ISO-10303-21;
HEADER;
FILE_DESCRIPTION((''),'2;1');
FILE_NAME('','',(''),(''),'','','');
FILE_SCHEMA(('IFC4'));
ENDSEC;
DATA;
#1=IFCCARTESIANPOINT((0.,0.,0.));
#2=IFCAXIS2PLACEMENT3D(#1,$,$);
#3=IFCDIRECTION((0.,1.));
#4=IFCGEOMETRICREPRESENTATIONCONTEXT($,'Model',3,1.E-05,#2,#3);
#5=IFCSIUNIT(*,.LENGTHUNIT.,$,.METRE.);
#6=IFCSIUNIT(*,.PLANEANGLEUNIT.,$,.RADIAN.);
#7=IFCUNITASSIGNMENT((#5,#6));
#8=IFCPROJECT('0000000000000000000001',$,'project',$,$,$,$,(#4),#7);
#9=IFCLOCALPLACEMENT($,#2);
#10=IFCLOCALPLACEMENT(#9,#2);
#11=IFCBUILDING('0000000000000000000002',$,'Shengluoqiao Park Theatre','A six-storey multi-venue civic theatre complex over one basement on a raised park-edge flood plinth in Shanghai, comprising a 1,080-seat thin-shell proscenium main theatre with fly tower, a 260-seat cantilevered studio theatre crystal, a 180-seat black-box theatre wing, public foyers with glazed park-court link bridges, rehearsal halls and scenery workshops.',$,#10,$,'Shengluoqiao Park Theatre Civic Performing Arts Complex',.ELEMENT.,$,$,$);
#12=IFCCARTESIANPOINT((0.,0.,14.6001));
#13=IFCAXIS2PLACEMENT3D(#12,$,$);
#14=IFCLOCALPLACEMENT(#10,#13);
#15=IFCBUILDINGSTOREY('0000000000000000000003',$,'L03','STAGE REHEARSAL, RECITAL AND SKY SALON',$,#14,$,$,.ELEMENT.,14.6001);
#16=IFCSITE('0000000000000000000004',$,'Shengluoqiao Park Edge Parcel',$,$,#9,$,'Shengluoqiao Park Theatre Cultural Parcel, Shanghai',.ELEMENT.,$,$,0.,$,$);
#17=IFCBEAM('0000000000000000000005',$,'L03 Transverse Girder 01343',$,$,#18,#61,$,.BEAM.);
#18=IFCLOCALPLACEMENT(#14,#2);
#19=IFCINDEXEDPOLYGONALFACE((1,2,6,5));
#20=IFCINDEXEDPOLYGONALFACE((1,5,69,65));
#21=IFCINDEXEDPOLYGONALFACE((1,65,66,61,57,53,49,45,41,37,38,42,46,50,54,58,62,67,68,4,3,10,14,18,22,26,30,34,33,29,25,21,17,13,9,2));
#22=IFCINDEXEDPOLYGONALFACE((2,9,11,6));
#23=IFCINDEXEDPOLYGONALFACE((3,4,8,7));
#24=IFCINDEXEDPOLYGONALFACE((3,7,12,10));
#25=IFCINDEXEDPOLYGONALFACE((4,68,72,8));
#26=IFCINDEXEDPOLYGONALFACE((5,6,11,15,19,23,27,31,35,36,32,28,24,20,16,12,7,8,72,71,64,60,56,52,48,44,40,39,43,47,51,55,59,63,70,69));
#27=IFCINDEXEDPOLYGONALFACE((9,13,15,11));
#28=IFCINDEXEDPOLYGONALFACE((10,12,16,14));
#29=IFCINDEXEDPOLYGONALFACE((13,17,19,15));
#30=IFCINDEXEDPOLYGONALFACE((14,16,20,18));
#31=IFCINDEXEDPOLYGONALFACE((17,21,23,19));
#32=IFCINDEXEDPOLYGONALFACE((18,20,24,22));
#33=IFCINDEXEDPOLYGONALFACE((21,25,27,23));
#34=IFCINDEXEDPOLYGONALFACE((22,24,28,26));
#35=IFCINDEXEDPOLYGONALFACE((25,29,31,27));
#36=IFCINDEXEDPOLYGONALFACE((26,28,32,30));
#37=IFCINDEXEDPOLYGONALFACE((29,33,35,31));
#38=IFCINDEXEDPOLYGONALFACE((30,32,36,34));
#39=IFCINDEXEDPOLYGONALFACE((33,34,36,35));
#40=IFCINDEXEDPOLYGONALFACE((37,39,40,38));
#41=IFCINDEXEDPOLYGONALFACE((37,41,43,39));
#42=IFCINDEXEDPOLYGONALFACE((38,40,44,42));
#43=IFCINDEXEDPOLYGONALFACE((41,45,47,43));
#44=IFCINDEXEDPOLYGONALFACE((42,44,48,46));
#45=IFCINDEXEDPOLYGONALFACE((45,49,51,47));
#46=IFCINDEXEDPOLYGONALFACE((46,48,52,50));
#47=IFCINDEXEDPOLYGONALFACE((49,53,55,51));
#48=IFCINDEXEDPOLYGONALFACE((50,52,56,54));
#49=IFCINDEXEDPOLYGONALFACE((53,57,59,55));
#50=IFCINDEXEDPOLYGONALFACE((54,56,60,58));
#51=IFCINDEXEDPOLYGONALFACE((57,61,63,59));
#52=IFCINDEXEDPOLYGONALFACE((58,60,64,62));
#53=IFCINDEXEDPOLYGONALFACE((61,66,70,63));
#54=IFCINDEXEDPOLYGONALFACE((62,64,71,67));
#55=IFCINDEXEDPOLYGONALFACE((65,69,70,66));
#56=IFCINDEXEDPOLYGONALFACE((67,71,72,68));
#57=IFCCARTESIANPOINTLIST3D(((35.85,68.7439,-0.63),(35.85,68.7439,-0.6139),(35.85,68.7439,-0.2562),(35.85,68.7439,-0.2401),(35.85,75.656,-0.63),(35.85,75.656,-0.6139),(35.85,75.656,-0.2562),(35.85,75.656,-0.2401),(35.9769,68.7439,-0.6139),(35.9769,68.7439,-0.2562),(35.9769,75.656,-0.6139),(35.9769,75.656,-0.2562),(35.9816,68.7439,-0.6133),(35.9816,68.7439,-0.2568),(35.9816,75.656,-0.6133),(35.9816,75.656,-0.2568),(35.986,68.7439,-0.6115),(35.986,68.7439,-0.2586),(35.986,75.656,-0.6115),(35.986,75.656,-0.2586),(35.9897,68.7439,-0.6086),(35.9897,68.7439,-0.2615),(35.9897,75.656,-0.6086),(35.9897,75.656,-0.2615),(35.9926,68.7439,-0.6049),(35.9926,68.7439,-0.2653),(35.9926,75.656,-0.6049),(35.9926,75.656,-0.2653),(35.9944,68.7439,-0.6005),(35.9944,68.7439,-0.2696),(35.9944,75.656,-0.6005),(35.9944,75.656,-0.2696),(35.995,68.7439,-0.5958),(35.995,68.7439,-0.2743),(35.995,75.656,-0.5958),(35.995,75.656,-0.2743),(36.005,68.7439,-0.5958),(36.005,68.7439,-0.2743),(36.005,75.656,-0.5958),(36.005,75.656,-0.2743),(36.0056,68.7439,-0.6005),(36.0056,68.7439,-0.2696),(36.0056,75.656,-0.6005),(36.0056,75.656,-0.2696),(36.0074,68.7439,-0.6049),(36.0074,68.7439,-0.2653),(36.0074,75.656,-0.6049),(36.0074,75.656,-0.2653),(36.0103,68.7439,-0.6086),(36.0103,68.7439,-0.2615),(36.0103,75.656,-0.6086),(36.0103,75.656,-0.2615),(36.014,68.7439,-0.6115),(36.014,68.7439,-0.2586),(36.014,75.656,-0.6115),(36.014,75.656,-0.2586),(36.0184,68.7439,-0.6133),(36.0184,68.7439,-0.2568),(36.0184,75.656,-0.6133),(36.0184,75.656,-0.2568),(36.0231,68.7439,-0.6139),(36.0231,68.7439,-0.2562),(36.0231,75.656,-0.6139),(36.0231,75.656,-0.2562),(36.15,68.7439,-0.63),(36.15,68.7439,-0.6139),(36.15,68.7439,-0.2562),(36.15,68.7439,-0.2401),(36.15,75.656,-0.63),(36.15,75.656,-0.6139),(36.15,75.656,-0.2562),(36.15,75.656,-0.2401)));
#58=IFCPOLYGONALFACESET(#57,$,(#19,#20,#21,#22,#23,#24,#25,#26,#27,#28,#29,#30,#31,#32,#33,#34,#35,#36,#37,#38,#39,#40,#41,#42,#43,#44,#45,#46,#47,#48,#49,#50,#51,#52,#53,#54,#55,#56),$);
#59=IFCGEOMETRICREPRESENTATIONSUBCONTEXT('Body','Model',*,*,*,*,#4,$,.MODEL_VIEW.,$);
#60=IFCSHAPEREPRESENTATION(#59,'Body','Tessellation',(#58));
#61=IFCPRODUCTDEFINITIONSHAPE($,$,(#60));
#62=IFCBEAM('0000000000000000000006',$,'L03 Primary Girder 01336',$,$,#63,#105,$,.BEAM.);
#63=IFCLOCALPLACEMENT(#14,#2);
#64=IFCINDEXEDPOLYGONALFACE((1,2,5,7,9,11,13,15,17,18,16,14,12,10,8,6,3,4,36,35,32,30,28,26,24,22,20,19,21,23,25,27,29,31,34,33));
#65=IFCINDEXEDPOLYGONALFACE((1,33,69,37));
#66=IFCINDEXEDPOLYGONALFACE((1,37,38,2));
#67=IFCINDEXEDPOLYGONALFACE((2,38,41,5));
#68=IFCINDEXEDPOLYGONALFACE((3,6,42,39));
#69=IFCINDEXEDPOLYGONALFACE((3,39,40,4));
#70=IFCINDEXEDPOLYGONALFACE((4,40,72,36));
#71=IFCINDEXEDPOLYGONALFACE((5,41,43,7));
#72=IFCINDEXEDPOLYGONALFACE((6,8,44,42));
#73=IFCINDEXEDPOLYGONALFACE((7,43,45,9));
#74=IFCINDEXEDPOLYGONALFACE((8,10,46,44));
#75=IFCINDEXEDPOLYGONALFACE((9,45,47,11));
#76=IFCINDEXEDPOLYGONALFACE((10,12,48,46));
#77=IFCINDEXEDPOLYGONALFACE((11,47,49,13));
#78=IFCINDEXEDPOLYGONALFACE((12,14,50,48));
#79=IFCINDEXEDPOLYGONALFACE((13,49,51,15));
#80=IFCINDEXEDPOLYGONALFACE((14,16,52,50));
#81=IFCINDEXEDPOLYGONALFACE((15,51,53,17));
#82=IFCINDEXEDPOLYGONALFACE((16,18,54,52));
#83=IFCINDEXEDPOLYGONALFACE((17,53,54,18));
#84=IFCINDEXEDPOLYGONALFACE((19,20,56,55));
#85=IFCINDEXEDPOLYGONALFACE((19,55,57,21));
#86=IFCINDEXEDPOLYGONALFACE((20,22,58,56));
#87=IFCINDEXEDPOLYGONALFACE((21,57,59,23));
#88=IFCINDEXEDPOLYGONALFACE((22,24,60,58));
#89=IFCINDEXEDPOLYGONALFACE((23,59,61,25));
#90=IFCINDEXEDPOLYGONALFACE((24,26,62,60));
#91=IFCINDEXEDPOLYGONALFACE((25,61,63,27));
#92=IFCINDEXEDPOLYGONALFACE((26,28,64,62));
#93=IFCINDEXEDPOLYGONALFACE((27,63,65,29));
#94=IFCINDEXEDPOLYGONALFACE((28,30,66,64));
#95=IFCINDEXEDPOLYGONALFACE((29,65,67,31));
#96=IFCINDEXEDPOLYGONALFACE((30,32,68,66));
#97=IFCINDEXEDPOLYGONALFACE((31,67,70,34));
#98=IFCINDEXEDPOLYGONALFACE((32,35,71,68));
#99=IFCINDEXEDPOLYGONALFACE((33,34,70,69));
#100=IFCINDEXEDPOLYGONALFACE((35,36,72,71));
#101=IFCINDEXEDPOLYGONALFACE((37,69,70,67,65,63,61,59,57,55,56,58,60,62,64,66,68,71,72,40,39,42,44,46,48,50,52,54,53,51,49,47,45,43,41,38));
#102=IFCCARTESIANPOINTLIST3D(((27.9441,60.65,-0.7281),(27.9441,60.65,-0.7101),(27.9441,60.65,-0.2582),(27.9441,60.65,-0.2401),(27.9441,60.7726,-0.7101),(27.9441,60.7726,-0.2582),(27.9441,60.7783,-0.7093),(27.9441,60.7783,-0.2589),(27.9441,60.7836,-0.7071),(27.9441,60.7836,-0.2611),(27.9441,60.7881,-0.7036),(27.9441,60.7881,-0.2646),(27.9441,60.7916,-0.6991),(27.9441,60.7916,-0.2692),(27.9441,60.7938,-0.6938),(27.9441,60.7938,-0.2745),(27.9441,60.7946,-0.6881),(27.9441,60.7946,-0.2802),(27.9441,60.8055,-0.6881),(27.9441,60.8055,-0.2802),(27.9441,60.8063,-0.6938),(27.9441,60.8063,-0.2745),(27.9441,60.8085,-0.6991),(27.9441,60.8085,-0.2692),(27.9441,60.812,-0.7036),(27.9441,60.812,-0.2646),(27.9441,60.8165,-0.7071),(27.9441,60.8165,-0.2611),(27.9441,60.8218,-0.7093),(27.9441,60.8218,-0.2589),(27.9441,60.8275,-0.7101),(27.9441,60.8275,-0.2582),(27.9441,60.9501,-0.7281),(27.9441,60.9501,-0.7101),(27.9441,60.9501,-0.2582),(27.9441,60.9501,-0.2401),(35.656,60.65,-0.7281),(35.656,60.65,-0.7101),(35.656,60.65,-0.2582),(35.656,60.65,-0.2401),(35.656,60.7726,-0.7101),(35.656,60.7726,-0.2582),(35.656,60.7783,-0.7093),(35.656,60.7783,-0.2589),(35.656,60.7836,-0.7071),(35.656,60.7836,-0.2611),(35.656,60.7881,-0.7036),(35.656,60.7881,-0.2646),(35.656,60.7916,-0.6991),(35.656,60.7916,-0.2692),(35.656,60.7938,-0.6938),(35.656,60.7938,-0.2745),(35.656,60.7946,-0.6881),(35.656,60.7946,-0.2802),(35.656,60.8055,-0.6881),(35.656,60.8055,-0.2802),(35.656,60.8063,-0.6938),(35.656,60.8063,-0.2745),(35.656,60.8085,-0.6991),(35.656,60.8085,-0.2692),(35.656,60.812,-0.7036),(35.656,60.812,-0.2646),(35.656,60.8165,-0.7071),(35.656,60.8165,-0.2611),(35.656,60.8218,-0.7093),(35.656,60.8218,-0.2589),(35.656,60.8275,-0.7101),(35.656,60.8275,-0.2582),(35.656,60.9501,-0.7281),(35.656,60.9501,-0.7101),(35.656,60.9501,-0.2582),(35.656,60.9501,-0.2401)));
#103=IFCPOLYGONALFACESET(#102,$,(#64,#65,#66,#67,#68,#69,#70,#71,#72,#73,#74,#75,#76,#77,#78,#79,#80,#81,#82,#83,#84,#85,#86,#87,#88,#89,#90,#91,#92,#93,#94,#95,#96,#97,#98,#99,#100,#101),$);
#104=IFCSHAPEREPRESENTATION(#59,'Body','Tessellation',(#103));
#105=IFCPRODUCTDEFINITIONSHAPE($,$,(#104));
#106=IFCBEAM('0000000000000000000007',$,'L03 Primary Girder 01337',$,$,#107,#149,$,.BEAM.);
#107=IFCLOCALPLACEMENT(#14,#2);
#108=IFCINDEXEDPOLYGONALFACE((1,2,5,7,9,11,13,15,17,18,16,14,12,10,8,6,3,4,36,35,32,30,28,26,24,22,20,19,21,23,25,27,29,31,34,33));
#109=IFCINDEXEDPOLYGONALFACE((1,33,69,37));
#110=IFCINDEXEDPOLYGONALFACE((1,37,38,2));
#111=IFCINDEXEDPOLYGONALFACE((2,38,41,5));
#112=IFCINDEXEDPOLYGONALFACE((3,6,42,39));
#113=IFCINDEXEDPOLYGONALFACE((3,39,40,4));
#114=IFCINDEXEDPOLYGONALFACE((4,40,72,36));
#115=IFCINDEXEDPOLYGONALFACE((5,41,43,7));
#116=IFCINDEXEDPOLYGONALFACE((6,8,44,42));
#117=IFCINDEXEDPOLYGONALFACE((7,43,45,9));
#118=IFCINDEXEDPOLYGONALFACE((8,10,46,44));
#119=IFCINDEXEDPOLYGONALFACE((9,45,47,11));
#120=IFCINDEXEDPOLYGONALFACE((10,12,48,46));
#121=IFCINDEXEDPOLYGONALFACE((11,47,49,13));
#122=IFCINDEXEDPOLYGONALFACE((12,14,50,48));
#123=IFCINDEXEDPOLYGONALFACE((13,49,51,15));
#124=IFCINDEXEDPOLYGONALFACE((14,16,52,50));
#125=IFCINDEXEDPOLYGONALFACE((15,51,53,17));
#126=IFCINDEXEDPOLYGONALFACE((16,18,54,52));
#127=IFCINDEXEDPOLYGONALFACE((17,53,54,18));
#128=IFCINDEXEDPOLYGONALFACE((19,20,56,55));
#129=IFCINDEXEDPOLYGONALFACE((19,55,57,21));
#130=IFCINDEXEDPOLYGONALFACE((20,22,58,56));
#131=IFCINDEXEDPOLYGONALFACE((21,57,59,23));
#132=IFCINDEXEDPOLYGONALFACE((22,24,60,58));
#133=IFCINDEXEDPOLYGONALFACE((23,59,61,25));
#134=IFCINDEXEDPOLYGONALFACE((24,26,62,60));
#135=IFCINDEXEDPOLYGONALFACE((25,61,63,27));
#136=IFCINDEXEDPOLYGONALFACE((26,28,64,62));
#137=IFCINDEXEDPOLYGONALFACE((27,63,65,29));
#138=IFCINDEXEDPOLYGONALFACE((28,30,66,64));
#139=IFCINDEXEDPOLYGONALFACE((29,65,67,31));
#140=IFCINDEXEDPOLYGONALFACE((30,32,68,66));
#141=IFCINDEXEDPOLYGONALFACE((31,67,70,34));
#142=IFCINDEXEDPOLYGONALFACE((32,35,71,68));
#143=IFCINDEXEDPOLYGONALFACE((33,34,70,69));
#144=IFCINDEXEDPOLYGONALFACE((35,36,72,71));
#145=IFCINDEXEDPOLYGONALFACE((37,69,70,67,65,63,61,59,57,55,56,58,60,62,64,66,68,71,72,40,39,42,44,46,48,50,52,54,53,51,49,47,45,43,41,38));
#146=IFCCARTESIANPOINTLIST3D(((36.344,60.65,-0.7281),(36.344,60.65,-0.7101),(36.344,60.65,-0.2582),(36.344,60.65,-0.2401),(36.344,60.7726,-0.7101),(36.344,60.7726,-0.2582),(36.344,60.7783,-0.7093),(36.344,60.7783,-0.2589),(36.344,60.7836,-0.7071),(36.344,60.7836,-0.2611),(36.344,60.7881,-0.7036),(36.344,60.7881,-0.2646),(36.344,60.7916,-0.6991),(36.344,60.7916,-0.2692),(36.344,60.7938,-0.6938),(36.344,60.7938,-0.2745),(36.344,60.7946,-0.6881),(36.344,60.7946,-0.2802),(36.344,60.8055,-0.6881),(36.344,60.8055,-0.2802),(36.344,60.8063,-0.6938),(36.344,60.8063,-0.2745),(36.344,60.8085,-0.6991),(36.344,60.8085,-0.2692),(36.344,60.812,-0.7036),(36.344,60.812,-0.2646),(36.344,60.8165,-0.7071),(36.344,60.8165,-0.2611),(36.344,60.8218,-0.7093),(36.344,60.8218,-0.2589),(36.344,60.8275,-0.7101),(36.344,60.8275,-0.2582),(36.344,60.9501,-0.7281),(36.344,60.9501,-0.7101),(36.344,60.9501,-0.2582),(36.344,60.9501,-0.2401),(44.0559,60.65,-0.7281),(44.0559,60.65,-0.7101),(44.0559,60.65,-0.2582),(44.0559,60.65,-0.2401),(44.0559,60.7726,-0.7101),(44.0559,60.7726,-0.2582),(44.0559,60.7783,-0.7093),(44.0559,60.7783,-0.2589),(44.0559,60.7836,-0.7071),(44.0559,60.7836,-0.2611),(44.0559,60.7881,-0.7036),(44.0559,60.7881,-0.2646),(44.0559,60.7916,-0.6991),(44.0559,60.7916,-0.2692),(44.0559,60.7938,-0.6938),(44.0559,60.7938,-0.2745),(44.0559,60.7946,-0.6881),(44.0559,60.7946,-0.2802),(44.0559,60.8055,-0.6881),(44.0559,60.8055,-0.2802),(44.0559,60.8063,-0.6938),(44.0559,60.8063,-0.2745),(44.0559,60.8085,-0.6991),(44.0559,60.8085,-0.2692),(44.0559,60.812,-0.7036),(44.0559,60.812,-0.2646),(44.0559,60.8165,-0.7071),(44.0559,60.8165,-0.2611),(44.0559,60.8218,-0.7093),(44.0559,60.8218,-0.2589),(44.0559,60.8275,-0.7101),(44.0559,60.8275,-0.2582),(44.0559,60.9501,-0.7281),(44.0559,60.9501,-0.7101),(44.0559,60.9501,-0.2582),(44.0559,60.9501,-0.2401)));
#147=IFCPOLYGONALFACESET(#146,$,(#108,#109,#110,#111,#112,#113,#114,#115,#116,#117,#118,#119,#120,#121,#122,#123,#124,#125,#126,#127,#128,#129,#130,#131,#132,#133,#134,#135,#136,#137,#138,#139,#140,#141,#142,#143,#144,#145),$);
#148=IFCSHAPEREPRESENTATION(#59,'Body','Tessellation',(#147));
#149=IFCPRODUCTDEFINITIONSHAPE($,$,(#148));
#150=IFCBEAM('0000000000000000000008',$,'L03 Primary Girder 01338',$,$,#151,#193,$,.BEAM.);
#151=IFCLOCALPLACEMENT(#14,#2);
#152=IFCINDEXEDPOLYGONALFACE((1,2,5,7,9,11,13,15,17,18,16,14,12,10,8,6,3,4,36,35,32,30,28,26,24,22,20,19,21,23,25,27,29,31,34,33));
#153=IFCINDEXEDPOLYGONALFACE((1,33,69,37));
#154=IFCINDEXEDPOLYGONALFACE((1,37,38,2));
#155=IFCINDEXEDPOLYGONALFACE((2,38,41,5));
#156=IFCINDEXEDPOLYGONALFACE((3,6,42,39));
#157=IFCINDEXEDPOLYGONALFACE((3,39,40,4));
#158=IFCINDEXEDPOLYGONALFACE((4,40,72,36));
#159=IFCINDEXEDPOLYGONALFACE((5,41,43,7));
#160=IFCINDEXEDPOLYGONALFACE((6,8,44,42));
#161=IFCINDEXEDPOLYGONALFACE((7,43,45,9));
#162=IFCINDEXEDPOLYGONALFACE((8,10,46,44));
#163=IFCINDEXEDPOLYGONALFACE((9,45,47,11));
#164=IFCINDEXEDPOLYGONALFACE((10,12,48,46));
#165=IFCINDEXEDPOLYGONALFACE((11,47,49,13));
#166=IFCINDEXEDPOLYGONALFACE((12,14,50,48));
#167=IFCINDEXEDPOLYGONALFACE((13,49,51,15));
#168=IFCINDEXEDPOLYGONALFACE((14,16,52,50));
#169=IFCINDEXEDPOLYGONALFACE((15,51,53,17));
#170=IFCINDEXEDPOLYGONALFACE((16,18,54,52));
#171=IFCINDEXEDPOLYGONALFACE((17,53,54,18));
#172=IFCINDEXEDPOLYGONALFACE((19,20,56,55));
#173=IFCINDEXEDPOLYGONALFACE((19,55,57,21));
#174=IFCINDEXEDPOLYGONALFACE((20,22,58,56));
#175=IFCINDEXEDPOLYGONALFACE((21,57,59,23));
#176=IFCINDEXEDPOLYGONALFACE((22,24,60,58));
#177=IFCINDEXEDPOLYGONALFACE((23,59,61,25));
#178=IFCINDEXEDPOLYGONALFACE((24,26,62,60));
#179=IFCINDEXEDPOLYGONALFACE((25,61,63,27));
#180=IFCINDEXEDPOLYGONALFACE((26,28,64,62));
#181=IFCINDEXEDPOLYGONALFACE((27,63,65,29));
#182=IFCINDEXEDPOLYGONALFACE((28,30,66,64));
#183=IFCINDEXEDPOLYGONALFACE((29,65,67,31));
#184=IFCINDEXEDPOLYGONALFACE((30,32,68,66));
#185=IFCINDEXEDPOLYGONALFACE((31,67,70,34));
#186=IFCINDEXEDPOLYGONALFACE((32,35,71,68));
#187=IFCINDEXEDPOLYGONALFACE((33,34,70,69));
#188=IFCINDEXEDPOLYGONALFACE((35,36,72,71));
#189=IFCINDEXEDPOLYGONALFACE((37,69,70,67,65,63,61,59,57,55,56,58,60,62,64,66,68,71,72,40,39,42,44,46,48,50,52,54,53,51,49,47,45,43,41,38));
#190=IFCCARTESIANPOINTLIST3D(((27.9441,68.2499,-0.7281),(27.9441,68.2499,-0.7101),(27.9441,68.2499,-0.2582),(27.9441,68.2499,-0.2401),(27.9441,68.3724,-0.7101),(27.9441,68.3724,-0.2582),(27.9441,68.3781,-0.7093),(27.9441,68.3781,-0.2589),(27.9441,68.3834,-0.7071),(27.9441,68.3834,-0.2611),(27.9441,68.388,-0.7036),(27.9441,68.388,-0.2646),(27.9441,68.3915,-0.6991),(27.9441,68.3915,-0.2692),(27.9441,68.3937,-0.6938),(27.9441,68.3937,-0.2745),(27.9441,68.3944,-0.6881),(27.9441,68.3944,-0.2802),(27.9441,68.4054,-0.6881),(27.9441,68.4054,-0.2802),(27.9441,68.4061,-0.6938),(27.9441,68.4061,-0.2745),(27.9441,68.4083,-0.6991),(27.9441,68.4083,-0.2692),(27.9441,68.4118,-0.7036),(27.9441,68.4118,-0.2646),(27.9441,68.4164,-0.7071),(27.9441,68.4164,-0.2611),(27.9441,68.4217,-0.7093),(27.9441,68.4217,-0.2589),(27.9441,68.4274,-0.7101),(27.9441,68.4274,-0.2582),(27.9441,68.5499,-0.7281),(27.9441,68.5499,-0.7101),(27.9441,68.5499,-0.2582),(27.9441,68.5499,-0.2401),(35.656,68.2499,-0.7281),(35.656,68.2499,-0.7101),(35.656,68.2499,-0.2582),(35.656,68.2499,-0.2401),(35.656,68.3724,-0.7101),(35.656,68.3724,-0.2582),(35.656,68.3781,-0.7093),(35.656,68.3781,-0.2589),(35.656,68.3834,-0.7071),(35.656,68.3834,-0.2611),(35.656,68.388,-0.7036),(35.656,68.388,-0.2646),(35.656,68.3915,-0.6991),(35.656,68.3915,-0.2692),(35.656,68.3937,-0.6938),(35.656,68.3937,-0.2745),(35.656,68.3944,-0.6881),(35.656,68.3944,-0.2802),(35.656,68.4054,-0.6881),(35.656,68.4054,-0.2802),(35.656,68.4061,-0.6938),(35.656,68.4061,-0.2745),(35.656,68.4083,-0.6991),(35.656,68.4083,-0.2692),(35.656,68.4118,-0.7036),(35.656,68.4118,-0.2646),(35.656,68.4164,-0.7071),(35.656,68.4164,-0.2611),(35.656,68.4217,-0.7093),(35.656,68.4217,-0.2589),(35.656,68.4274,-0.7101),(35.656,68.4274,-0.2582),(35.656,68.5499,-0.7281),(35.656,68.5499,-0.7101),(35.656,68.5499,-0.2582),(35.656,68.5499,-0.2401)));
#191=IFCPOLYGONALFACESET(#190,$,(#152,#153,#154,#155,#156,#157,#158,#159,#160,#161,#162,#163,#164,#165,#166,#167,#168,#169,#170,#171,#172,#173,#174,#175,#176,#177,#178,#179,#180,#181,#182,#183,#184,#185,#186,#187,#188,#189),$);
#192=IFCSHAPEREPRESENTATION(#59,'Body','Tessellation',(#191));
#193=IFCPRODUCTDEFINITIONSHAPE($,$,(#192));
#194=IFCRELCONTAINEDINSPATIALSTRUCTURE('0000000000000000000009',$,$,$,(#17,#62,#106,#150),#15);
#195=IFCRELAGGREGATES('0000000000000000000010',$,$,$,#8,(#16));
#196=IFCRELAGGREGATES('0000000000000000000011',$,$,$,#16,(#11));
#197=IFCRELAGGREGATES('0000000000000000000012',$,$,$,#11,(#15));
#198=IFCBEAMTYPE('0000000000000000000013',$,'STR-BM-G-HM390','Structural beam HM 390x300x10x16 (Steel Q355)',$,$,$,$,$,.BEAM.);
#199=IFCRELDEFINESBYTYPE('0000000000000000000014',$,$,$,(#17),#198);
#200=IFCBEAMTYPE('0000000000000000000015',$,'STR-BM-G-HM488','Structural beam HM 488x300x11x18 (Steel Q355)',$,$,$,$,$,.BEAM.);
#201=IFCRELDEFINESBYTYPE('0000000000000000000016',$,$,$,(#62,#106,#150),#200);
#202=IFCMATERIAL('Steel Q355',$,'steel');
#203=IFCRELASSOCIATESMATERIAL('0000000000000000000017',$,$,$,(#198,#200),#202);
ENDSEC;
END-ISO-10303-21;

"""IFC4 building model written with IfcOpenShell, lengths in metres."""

from ifc_helpers import new_model, si_unit, direction, frame, origin, origin_2d, place, context, subcontext, project, spatial, i_section, extrude, material, material_profile, profile_set, type_object, element, save


model = new_model("IFC4")

# Units and contexts
model_context = context("Model", 3, precision=1e-05, world=origin(), true_north=direction((0.0, 1.0)))
body_context = subcontext(model_context, "Body", "Model", "MODEL_VIEW")
ifc_project = project(units=[si_unit("LENGTHUNIT", "METRE"), si_unit("PLANEANGLEUNIT", "RADIAN")], contexts=[model_context])

# Site, building, storey
site_placement = place(None, origin())
site = spatial("IfcSite", under=ifc_project, at=site_placement, Name="Shengluoqiao Park Edge Parcel", LongName="Shengluoqiao Park Theatre Cultural Parcel, Shanghai", CompositionType="ELEMENT", RefElevation=0.0)
building_placement = place(site_placement, origin())
building = spatial("IfcBuilding", under=site, at=building_placement, Name="Shengluoqiao Park Theatre", Description="A six-storey multi-venue civic theatre complex over one basement on a raised park-edge flood plinth in Shanghai, comprising a 1,080-seat thin-shell proscenium main theatre with fly tower, a 260-seat cantilevered studio theatre crystal, a 180-seat black-box theatre wing, public foyers with glazed park-court link bridges, rehearsal halls and scenery workshops.", LongName="Shengluoqiao Park Theatre Civic Performing Arts Complex", CompositionType="ELEMENT")
storey_placement = place(building_placement, frame((0.0, 0.0, 14.6001)))
storey = spatial("IfcBuildingStorey", under=building, at=storey_placement, Name="L03", Description="STAGE REHEARSAL, RECITAL AND SKY SALON", CompositionType="ELEMENT", Elevation=14.6001)

# Beams
ifc_material_1 = material(Name="Steel Q355", Category="steel")
ifc_material_profile_1 = material_profile(ifc_material_1, i_section(OverallWidth=0.3, OverallDepth=0.3899, WebThickness=0.01, FlangeThickness=0.0161, FilletRadius=0.0181, at=origin_2d()), Name="HM 390x300x10x16")
ifc_profile_set_1 = profile_set([ifc_material_profile_1], Name="Steel Q355")
beam_type_1 = type_object("IfcBeamType", Name="STR-BM-G-HM390", Description="Structural beam HM 390x300x10x16 (Steel Q355)", PredefinedType="BEAM", material=ifc_profile_set_1)
beam_1_placement = place(storey_placement, frame((36.0, 68.7439, -0.4351), z_axis=(0.0, 1.0, 0.0), x_axis=(-1.0, 0.0, 0.0)))
element("IfcBeam", 1, at=beam_1_placement, inside=storey, type_object=beam_type_1, Name="L03 Transverse Girder 01343", PredefinedType="BEAM", context=body_context, shape_type="SweptSolid", body=[
    extrude(i_section(OverallWidth=0.3, OverallDepth=0.3899, WebThickness=0.01, FlangeThickness=0.0161, FilletRadius=0.0181, at=origin_2d()), origin(), (0.0, 0.0, 1.0), 6.9121),
])
ifc_material_profile_2 = material_profile(ifc_material_1, i_section(OverallWidth=0.3, OverallDepth=0.488, WebThickness=0.011, FlangeThickness=0.0181, FilletRadius=0.022, at=origin_2d()), Name="HM 488x300x11x18")
ifc_profile_set_2 = profile_set([ifc_material_profile_2], Name="Steel Q355")
beam_type_2 = type_object("IfcBeamType", Name="STR-BM-G-HM488", Description="Structural beam HM 488x300x11x18 (Steel Q355)", PredefinedType="BEAM", material=ifc_profile_set_2)
for number, where, z_axis, x_axis, name in (
    (2, (27.9441, 60.8, -0.4841), (1.0, 0.0, 0.0), (0.0, 1.0, 0.0), "L03 Primary Girder 01336"),
    (3, (36.344, 60.8, -0.4841), (1.0, 0.0, 0.0), (0.0, 1.0, 0.0), "L03 Primary Girder 01337"),
    (4, (27.9441, 68.3999, -0.4841), (1.0, 0.0, 0.0), (0.0, 1.0, 0.0), "L03 Primary Girder 01338"),
):
    element("IfcBeam", number, at=place(storey_placement, frame(where, z_axis=z_axis, x_axis=x_axis)), inside=storey, type_object=beam_type_2, Name=name, PredefinedType="BEAM", context=body_context, shape_type="SweptSolid", body=[
        extrude(i_section(OverallWidth=0.3, OverallDepth=0.488, WebThickness=0.011, FlangeThickness=0.0181, FilletRadius=0.022, at=origin_2d()), origin(), (0.0, 0.0, 1.0), 7.7119),
    ])

save(model, "model.ifc")
